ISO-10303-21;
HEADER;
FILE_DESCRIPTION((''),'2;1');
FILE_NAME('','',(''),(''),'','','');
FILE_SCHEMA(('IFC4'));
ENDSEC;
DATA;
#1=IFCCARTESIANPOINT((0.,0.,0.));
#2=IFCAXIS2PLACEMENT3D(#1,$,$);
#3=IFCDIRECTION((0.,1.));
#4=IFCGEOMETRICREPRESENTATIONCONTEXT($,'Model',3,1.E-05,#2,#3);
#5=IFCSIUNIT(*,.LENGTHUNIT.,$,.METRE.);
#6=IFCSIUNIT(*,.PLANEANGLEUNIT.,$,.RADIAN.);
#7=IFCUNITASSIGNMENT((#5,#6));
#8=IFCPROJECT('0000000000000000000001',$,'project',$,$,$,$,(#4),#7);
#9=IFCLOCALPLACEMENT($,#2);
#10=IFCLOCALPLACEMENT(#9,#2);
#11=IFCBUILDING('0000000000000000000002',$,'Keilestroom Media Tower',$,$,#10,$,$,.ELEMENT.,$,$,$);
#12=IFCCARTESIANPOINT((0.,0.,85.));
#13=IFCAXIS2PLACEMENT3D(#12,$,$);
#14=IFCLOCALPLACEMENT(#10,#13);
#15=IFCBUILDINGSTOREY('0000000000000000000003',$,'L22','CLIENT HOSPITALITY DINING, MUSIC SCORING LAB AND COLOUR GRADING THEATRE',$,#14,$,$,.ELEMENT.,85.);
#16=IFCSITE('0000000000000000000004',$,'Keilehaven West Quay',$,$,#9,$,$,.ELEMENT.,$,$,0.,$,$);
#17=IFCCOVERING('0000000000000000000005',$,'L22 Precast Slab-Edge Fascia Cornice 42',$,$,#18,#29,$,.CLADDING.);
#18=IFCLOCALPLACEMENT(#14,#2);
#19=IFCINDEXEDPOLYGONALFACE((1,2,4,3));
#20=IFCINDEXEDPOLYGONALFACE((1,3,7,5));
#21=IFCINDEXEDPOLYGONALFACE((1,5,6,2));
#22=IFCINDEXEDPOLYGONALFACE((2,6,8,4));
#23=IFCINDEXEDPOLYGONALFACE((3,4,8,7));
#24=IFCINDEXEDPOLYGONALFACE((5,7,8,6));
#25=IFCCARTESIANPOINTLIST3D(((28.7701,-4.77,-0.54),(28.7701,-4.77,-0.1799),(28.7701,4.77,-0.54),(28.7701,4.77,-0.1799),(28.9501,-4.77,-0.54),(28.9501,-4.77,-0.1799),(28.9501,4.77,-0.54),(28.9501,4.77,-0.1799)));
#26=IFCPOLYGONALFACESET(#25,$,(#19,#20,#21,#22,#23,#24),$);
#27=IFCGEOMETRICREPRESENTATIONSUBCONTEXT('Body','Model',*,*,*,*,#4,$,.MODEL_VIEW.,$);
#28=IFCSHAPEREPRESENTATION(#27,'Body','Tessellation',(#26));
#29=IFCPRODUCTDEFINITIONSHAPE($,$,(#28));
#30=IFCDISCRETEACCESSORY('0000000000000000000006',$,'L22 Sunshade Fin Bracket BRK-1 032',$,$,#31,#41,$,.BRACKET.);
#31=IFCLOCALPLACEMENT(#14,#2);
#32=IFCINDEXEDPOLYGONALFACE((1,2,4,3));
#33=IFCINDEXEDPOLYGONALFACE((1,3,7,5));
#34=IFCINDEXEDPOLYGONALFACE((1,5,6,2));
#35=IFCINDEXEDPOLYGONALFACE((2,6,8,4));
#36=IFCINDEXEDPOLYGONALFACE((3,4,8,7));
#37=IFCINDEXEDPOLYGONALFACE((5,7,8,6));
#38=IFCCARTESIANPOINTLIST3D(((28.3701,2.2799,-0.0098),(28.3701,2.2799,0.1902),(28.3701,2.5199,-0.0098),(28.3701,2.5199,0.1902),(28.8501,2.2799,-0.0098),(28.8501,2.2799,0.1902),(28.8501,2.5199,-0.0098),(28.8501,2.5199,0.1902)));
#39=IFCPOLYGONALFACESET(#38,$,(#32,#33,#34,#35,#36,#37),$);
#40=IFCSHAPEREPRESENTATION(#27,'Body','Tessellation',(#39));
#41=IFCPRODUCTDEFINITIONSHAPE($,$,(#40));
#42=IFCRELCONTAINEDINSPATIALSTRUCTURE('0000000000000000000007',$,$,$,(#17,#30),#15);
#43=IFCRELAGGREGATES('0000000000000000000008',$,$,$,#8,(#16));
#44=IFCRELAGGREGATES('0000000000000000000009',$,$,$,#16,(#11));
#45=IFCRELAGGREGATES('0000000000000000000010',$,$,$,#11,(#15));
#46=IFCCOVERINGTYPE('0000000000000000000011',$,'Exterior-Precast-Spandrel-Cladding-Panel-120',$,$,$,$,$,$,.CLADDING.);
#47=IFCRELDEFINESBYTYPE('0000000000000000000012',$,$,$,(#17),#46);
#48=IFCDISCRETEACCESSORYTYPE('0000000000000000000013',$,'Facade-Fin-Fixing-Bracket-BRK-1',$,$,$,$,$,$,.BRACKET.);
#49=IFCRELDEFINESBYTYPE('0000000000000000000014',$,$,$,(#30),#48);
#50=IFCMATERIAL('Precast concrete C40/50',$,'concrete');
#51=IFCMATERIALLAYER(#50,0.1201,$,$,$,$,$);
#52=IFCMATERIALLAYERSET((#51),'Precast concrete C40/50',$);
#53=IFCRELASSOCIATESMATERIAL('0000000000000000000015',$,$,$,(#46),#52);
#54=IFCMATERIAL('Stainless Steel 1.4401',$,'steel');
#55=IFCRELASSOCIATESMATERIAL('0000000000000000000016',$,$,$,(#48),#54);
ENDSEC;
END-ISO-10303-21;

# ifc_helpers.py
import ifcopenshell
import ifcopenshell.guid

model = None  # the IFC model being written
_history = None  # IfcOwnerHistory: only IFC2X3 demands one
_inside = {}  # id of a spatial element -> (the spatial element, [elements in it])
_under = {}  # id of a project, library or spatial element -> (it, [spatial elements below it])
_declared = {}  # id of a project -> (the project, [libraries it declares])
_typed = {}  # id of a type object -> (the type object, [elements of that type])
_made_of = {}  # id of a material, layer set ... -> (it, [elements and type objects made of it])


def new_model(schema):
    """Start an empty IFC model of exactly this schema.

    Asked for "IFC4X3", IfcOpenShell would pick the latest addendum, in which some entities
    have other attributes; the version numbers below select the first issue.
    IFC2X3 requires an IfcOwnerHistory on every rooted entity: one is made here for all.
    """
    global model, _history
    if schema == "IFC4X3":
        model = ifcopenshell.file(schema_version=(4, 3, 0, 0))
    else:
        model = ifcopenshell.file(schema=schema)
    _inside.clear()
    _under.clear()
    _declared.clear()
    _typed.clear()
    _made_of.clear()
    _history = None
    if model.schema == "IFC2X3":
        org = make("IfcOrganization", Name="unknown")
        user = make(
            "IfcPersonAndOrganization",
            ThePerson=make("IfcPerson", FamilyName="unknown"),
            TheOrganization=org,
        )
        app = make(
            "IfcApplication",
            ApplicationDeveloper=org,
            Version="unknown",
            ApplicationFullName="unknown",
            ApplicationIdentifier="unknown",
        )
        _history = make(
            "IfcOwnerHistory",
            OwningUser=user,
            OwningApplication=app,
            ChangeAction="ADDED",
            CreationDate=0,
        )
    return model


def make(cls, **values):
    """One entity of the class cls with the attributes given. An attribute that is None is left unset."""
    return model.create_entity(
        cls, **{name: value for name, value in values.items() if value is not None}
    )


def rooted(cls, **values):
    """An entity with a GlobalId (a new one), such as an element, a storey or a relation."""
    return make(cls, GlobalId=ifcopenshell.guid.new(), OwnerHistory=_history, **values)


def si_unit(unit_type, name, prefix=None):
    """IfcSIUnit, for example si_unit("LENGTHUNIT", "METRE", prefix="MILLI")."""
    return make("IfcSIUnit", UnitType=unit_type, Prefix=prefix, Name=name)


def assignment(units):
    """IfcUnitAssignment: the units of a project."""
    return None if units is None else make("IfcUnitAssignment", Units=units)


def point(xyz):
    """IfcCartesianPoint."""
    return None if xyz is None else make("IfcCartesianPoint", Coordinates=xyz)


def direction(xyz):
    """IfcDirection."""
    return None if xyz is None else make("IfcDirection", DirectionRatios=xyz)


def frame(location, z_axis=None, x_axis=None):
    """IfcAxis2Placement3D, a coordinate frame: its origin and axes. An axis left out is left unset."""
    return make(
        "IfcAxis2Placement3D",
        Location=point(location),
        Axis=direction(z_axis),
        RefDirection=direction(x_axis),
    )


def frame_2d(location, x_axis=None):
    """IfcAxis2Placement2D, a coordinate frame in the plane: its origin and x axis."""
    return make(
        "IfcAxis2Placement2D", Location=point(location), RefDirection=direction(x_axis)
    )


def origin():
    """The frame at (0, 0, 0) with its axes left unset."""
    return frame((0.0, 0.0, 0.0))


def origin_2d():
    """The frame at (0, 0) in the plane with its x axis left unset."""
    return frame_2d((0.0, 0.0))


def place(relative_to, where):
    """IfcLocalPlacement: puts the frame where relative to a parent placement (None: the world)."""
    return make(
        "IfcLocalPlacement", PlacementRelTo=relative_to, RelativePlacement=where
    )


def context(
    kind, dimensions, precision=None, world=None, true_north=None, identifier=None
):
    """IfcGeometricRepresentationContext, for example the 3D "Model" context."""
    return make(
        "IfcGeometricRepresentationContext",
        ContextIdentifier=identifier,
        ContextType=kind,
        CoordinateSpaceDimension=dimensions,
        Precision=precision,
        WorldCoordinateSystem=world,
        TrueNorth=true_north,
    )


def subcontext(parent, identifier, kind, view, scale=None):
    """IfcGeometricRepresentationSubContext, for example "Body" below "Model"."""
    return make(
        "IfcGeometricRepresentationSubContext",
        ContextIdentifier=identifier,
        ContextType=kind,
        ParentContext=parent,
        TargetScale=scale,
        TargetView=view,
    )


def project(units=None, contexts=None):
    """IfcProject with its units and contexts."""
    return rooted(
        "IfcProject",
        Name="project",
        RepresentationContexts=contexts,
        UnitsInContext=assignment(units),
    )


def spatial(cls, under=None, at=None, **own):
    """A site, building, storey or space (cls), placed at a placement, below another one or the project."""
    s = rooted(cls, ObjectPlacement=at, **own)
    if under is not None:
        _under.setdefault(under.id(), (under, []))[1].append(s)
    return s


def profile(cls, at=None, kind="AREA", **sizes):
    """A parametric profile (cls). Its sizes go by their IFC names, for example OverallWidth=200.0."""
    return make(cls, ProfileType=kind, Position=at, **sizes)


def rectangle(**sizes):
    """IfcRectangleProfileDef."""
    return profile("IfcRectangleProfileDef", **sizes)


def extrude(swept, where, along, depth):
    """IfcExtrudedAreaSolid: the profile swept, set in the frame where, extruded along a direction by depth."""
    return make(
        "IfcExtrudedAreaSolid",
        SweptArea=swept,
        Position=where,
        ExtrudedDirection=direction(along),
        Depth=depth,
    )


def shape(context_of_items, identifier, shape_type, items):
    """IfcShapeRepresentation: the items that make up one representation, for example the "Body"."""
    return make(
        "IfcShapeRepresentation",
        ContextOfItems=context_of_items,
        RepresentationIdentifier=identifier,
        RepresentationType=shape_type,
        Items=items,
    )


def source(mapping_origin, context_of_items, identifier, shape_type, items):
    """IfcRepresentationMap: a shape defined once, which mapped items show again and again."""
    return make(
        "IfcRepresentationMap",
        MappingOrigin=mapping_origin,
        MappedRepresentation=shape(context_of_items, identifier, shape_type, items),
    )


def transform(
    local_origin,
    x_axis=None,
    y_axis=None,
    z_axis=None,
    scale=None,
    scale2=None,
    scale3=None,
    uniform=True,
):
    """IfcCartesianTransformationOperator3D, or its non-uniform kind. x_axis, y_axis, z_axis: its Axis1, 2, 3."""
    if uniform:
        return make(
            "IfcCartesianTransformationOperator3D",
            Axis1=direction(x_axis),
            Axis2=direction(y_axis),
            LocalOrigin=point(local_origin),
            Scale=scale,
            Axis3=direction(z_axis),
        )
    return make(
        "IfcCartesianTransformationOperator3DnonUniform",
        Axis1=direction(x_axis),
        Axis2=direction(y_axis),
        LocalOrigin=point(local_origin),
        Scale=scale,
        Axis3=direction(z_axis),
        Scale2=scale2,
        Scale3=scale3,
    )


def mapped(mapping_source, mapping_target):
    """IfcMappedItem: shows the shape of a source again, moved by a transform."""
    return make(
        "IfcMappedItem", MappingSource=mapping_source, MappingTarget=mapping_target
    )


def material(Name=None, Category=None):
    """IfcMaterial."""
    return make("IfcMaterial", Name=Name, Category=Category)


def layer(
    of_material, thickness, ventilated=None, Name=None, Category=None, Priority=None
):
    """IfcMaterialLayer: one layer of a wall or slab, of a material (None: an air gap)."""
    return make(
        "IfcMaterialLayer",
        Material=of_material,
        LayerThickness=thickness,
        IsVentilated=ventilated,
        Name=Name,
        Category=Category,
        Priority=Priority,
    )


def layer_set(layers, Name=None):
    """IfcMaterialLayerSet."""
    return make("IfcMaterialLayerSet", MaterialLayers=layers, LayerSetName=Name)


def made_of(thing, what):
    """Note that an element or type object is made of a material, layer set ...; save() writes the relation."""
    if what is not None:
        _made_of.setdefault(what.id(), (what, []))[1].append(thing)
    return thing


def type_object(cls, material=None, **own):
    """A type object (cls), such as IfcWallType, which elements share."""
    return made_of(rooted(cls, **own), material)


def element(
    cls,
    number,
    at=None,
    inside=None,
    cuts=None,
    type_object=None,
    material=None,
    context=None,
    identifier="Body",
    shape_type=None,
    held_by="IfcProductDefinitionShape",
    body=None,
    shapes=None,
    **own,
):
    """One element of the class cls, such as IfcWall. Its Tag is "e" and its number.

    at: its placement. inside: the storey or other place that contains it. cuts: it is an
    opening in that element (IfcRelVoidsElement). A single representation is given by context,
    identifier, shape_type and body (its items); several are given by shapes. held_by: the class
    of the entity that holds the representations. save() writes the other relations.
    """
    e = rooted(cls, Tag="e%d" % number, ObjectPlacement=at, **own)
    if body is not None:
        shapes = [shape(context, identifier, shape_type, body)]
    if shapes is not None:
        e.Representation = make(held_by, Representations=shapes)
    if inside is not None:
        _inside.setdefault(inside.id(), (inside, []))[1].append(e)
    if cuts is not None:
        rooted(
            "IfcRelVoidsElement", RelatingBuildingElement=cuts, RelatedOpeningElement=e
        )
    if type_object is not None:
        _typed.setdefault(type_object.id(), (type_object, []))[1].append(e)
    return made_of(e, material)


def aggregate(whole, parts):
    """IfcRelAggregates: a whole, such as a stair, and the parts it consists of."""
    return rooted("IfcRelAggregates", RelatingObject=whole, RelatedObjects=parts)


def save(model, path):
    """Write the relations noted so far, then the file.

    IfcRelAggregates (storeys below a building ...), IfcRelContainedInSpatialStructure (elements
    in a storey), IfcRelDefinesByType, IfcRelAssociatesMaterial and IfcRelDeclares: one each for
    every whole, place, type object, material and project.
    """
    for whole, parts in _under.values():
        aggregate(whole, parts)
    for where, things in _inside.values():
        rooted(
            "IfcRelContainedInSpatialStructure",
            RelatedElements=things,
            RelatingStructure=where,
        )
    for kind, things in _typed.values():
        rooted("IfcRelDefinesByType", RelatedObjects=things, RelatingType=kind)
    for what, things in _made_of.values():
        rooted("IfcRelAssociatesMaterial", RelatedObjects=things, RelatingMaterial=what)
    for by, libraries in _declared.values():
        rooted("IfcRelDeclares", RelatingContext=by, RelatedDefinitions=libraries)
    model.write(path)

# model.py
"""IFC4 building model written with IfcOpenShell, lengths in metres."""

from ifc_helpers import new_model, si_unit, direction, frame, origin, origin_2d, place, context, subcontext, project, spatial, rectangle, extrude, source, transform, mapped, material, layer, layer_set, type_object, element, save


model = new_model("IFC4")

# Units and contexts
model_context = context("Model", 3, precision=1e-05, world=origin(), true_north=direction((0.0, 1.0)))
body_context = subcontext(model_context, "Body", "Model", "MODEL_VIEW")
ifc_project = project(units=[si_unit("LENGTHUNIT", "METRE"), si_unit("PLANEANGLEUNIT", "RADIAN")], contexts=[model_context])

# Site, building, storey
site_placement = place(None, origin())
site = spatial("IfcSite", under=ifc_project, at=site_placement, Name="Keilehaven West Quay", CompositionType="ELEMENT", RefElevation=0.0)
building_placement = place(site_placement, origin())
building = spatial("IfcBuilding", under=site, at=building_placement, Name="Keilestroom Media Tower", CompositionType="ELEMENT")
storey_placement = place(building_placement, frame((0.0, 0.0, 85.0)))
storey = spatial("IfcBuildingStorey", under=building, at=storey_placement, Name="L22", Description="CLIENT HOSPITALITY DINING, MUSIC SCORING LAB AND COLOUR GRADING THEATRE", CompositionType="ELEMENT", Elevation=85.0)

# Shared definitions
ifc_material_1 = material(Name="Precast concrete C40/50", Category="concrete")

# Covering
ifc_layer_1 = layer(ifc_material_1, 0.1201)
ifc_layer_set_1 = layer_set([ifc_layer_1], Name="Precast concrete C40/50")
covering_type = type_object("IfcCoveringType", Name="Exterior-Precast-Spandrel-Cladding-Panel-120", PredefinedType="CLADDING", material=ifc_layer_set_1)
shared_shape_1 = source(origin(), body_context, "Body", "SweptSolid", [
    extrude(rectangle(XDim=9.54, YDim=0.1799, at=origin_2d()), origin(), (0.0, 0.0, 1.0), 0.3601),
])
covering_placement = place(storey_placement, frame((28.8601, 0.0, -0.54), z_axis=(0.0, 0.0, 1.0), x_axis=(0.0, -1.0, 0.0)))
element("IfcCovering", 1, at=covering_placement, inside=storey, type_object=covering_type, Name="L22 Precast Slab-Edge Fascia Cornice 42", PredefinedType="CLADDING", context=body_context, shape_type="MappedRepresentation", body=[
    mapped(shared_shape_1, transform((0.0, 0.0, 0.0), x_axis=(1.0, 0.0, 0.0), y_axis=(0.0, 1.0, 0.0), z_axis=(0.0, 0.0, 1.0), scale=1.0)),
])

# Discrete accessory
ifc_material_2 = material(Name="Stainless Steel 1.4401", Category="steel")
discrete_accessory_type = type_object("IfcDiscreteAccessoryType", Name="Facade-Fin-Fixing-Bracket-BRK-1", PredefinedType="BRACKET", material=ifc_material_2)
shared_shape_2 = source(origin(), body_context, "Body", "SweptSolid", [
    extrude(rectangle(XDim=0.48, YDim=0.24, at=origin_2d()), origin(), (0.0, 0.0, 1.0), 0.2),
])
discrete_accessory_placement = place(storey_placement, frame((28.6101, 2.3999, -0.0098), z_axis=(0.0, 0.0, 1.0), x_axis=(1.0, 0.0, 0.0)))
element("IfcDiscreteAccessory", 2, at=discrete_accessory_placement, inside=storey, type_object=discrete_accessory_type, Name="L22 Sunshade Fin Bracket BRK-1 032", PredefinedType="BRACKET", context=body_context, shape_type="MappedRepresentation", body=[
    mapped(shared_shape_2, transform((0.0, 0.0, 0.0), x_axis=(1.0, 0.0, 0.0), y_axis=(0.0, 1.0, 0.0), z_axis=(0.0, 0.0, 1.0), scale=1.0)),
])

save(model, "model.ifc")
